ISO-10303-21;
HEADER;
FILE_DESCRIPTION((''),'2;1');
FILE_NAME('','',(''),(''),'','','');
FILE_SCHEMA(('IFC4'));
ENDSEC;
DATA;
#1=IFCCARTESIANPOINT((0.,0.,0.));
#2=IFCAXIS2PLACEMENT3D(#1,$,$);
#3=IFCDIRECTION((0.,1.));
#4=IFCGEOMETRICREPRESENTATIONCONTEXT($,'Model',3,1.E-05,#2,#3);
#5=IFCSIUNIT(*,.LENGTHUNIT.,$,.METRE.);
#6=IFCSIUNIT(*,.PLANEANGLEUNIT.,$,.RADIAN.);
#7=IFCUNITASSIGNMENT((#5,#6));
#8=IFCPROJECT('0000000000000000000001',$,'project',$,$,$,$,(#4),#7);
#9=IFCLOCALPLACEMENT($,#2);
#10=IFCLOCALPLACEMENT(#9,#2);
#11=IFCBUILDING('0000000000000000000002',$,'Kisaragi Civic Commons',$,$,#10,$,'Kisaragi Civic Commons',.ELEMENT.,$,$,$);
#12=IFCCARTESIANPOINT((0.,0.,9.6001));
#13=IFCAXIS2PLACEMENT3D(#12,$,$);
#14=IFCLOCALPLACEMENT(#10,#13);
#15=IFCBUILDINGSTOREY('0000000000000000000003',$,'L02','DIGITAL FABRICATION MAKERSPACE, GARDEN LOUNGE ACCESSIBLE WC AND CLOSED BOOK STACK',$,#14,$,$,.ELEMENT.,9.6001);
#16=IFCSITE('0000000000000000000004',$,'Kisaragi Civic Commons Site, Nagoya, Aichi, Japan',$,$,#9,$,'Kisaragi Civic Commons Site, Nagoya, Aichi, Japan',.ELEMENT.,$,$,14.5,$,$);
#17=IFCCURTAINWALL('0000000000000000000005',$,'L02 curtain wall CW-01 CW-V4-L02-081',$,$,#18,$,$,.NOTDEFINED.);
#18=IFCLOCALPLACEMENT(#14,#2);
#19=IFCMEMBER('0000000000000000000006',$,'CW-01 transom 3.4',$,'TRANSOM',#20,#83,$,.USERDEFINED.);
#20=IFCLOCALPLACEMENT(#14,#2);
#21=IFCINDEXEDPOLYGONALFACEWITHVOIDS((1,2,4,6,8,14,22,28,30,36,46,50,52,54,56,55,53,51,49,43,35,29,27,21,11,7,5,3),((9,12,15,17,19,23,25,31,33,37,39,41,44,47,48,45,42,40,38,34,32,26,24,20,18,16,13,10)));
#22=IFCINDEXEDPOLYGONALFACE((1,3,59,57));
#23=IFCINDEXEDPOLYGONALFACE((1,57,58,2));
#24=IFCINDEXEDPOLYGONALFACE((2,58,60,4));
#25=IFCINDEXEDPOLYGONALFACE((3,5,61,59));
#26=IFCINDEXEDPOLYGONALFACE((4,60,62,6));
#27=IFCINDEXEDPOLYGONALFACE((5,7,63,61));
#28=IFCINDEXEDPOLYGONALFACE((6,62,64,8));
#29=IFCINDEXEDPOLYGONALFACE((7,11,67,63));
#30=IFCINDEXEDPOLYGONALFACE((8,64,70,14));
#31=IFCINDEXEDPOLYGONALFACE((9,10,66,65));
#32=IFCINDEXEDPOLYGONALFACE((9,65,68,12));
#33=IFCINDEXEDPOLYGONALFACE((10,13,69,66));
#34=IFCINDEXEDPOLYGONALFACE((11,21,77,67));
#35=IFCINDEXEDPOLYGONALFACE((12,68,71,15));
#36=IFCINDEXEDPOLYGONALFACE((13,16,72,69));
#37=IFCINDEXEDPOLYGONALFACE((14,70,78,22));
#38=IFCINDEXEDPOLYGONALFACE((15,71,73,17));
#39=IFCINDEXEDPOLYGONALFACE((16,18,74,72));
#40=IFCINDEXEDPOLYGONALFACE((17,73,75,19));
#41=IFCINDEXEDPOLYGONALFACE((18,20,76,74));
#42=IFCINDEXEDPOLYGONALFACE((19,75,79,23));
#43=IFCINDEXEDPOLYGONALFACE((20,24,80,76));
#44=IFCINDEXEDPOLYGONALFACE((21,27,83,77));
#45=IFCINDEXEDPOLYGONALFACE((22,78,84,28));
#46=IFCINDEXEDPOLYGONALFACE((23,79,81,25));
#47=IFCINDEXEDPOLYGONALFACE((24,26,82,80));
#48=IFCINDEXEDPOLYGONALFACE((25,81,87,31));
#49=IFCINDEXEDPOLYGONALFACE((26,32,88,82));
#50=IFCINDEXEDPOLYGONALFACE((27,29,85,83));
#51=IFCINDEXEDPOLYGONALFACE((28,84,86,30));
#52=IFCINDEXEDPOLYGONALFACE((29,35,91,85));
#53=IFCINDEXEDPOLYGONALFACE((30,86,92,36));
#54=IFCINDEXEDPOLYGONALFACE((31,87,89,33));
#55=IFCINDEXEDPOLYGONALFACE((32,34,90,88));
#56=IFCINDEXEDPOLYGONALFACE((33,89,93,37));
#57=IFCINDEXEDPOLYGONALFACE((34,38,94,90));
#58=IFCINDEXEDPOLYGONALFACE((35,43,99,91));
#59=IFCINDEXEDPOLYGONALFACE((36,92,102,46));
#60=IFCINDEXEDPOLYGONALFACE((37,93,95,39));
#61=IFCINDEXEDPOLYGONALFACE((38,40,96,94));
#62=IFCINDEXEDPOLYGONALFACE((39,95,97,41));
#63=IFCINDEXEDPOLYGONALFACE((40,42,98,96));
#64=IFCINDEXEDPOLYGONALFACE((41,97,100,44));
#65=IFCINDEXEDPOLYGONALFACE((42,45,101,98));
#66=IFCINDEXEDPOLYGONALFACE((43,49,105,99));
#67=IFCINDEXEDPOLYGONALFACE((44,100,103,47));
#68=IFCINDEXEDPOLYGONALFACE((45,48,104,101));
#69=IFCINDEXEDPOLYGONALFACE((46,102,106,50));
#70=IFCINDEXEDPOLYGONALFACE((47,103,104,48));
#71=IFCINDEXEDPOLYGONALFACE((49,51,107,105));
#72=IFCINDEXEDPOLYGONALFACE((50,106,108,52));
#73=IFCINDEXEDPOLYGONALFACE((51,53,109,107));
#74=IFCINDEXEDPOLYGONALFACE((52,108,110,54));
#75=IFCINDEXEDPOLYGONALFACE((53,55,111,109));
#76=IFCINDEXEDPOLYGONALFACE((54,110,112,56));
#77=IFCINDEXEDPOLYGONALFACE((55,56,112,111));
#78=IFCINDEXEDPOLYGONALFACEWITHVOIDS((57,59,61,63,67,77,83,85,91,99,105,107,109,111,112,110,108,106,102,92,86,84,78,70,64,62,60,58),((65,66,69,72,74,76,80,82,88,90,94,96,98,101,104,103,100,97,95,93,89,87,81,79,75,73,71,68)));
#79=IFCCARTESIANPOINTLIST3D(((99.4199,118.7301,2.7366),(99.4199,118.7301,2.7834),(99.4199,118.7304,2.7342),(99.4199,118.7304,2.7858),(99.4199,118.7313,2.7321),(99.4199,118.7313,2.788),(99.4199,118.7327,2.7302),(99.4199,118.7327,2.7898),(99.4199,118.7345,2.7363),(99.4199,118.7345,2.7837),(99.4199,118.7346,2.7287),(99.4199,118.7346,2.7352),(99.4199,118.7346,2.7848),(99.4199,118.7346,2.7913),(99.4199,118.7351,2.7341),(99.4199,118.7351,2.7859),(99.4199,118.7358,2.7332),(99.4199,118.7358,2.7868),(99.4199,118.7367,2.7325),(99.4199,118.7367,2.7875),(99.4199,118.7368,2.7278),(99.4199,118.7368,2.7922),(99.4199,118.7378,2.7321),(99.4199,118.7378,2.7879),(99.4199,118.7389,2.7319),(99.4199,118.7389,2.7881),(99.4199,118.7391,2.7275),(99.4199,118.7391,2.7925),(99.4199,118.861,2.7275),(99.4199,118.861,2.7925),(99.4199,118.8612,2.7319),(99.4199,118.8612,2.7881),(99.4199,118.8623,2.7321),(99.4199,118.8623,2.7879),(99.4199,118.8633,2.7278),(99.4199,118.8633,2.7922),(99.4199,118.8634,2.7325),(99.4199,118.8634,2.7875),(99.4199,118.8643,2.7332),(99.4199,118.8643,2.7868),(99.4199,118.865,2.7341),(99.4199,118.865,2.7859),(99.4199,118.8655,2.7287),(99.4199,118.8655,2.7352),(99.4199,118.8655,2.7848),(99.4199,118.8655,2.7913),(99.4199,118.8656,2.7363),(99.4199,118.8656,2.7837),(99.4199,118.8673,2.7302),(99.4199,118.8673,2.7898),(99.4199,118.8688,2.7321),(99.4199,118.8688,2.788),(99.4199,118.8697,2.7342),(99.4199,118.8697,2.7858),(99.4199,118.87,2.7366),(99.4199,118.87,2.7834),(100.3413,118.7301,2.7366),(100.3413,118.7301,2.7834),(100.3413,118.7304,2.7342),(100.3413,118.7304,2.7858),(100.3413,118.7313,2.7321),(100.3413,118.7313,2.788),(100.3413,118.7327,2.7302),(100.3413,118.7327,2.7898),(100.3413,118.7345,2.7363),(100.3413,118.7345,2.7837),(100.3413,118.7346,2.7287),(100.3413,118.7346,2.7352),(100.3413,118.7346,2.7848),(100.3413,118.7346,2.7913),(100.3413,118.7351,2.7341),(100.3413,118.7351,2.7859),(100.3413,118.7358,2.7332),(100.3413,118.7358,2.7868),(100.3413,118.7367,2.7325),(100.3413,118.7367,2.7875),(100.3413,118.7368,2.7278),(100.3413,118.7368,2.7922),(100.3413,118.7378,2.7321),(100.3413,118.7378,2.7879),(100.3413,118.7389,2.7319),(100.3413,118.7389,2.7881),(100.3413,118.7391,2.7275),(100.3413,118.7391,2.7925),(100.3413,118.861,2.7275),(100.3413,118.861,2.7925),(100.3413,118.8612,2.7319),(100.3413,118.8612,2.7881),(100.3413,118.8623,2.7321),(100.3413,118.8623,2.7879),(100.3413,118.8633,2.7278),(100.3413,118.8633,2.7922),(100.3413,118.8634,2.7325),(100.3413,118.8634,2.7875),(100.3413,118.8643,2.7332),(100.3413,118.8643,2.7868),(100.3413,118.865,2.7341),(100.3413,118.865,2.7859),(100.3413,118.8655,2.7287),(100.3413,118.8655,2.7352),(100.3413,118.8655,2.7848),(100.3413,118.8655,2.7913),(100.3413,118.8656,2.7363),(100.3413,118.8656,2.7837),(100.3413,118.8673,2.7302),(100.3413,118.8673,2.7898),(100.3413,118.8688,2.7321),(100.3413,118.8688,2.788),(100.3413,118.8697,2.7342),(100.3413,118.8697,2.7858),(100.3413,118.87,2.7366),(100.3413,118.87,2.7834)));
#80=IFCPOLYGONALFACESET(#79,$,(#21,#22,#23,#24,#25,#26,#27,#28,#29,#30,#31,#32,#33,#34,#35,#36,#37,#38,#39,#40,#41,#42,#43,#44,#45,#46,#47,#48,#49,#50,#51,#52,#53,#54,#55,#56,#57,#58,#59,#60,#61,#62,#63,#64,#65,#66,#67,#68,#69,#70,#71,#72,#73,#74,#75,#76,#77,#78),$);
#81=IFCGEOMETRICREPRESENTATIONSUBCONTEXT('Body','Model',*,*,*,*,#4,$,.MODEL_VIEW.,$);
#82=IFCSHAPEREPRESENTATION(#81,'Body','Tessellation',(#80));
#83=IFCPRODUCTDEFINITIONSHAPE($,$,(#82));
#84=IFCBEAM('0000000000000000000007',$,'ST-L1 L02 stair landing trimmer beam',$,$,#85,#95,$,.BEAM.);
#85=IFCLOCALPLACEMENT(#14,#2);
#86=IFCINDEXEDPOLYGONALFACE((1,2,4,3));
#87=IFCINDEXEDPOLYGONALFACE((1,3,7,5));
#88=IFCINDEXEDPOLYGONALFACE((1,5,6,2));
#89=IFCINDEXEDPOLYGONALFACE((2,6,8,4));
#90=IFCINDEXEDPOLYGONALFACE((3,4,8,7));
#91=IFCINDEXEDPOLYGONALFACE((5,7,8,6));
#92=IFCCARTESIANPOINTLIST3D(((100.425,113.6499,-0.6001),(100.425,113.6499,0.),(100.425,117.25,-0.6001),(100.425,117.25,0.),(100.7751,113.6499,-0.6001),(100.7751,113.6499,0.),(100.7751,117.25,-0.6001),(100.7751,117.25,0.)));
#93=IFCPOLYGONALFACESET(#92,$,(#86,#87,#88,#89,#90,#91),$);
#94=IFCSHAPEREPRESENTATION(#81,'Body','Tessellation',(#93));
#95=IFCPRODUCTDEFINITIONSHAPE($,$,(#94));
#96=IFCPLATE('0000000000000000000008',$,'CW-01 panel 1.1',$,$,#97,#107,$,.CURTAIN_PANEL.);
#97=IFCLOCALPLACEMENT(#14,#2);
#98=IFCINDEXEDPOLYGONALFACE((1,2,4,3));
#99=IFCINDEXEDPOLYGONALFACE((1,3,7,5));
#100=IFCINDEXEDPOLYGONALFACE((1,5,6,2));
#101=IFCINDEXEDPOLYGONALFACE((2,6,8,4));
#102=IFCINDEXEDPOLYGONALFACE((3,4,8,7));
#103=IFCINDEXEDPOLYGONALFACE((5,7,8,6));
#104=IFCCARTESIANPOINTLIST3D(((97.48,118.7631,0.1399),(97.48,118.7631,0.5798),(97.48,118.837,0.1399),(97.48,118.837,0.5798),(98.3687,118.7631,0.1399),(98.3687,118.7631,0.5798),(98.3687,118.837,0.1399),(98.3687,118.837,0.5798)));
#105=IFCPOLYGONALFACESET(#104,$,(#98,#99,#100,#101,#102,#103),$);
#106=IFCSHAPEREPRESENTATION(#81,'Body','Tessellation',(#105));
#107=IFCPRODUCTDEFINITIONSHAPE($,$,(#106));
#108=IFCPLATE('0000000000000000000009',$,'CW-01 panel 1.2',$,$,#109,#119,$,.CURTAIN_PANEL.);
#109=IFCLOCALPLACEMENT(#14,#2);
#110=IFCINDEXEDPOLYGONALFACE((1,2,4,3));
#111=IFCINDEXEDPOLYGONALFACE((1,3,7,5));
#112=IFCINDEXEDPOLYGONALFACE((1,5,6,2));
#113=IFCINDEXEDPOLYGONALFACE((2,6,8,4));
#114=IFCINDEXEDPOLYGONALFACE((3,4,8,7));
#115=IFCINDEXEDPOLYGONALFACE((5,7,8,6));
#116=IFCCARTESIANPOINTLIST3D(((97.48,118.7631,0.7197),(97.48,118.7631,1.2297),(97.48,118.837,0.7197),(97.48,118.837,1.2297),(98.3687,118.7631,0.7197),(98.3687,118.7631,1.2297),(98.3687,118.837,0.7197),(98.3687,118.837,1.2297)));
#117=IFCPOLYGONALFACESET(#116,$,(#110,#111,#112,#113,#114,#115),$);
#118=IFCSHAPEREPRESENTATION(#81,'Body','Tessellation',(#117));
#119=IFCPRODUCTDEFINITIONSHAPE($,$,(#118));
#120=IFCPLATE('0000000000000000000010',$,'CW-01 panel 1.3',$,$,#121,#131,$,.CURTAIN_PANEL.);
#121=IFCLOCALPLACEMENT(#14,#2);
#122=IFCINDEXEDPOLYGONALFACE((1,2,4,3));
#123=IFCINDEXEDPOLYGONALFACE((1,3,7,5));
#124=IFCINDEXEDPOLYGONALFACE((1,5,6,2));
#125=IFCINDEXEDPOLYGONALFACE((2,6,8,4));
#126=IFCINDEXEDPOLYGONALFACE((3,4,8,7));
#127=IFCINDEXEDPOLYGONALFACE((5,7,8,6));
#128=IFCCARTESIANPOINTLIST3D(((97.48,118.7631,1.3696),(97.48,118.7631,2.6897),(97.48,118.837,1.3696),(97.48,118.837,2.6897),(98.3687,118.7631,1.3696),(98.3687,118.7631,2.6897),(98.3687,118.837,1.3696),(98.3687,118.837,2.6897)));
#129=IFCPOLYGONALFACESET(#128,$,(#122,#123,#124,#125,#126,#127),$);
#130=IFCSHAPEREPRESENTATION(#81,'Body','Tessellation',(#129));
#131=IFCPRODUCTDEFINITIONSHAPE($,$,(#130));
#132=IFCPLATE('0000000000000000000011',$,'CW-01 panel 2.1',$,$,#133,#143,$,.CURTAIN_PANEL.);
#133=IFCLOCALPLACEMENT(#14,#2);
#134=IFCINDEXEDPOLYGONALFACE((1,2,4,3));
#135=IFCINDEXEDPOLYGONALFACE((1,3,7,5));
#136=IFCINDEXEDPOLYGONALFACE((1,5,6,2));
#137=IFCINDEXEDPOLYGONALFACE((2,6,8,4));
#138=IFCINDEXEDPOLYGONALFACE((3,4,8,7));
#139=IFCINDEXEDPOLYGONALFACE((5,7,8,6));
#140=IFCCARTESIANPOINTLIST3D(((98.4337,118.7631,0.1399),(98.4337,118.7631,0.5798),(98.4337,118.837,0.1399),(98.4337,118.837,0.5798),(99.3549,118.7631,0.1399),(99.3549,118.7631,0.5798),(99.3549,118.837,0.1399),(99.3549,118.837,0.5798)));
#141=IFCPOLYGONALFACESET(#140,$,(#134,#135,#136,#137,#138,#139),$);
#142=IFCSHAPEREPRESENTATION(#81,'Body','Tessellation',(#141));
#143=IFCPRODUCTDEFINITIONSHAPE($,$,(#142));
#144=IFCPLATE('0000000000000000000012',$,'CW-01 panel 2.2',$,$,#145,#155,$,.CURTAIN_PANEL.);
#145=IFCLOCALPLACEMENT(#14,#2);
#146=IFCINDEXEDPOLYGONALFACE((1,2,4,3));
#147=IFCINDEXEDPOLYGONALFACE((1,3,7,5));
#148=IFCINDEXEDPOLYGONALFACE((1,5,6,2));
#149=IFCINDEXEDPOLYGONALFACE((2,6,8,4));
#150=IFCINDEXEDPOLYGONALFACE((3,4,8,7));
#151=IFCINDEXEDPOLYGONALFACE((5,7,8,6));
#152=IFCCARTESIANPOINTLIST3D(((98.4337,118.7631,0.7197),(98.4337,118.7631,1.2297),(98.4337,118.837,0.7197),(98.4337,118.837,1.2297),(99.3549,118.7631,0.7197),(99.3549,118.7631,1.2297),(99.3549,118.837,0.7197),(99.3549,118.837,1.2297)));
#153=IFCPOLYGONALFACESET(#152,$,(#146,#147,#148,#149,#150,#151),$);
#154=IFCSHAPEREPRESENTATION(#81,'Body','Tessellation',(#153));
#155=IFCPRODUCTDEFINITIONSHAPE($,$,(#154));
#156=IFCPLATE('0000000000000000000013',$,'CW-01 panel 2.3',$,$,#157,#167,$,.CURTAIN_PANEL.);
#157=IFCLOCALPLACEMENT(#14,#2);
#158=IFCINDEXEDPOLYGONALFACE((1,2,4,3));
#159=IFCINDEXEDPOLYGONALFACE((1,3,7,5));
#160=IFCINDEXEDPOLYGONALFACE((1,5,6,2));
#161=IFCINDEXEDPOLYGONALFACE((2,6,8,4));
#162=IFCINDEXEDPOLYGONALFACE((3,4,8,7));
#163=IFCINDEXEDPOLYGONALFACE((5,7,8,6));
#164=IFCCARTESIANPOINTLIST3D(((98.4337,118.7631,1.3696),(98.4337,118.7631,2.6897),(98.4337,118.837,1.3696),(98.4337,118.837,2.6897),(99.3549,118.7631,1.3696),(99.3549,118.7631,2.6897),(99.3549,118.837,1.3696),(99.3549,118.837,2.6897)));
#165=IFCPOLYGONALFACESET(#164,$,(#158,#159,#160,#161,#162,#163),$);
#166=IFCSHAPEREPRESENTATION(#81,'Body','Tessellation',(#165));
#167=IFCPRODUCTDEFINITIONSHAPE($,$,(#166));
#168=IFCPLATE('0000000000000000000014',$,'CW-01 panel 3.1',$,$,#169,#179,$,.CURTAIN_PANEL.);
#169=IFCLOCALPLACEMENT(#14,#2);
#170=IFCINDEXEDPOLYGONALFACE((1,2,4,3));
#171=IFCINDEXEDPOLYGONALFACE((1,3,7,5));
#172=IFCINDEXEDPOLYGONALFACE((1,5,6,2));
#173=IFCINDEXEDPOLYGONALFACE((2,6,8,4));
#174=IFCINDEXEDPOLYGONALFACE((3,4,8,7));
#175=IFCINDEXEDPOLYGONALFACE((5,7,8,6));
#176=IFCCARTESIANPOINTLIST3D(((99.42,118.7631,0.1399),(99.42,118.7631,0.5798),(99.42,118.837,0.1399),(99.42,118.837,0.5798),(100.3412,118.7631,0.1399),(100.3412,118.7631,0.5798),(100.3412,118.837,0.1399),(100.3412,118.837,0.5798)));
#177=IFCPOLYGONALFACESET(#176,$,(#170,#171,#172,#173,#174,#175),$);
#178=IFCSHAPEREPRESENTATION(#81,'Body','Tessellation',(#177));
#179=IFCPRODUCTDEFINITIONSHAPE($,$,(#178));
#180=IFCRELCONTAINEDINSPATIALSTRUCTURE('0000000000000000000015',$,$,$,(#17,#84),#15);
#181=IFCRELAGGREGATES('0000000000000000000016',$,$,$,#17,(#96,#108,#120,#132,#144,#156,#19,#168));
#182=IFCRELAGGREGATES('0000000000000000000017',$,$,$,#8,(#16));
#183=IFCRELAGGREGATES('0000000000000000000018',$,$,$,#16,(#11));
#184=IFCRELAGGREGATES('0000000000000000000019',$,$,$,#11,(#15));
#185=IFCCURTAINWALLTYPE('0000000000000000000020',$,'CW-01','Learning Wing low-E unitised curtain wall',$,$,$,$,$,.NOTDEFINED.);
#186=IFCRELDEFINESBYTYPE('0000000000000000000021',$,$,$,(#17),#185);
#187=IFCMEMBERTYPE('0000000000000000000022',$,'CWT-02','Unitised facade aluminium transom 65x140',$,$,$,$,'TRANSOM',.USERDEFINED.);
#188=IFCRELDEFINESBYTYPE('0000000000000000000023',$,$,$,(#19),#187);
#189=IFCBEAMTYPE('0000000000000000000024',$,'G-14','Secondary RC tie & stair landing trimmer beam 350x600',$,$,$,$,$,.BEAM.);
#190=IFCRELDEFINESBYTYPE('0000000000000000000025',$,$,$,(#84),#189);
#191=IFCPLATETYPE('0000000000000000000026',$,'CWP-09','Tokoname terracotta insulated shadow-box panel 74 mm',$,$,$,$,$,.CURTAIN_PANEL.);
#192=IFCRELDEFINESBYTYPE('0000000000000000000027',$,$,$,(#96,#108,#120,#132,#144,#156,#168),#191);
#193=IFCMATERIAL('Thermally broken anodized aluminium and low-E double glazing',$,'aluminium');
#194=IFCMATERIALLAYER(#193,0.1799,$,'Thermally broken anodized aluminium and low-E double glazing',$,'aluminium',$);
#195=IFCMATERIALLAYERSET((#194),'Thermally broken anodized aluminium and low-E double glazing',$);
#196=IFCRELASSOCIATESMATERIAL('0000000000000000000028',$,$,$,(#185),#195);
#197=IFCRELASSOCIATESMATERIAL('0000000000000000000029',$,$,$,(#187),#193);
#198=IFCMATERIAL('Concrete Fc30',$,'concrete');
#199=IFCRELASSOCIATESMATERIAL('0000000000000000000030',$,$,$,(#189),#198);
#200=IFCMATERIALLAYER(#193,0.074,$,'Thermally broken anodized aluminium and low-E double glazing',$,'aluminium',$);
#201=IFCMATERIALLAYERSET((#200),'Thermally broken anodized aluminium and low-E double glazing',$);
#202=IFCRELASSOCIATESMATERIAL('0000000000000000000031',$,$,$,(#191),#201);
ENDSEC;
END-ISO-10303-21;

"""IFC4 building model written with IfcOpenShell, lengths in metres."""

from ifc_helpers import new_model, si_unit, direction, frame, origin, origin_2d, place, context, subcontext, project, spatial, rectangle, hollow_rectangle, extrude, material, layer, layer_set, material_profile, profile_set, type_object, element, aggregate, save


model = new_model("IFC4")

# Units and contexts
model_context = context("Model", 3, precision=1e-05, world=origin(), true_north=direction((0.0, 1.0)))
body_context = subcontext(model_context, "Body", "Model", "MODEL_VIEW")
ifc_project = project(units=[si_unit("LENGTHUNIT", "METRE"), si_unit("PLANEANGLEUNIT", "RADIAN")], contexts=[model_context])

# Site, building, storey
site_placement = place(None, origin())
site = spatial("IfcSite", under=ifc_project, at=site_placement, Name="Kisaragi Civic Commons Site, Nagoya, Aichi, Japan", LongName="Kisaragi Civic Commons Site, Nagoya, Aichi, Japan", CompositionType="ELEMENT", RefElevation=14.5)
building_placement = place(site_placement, origin())
building = spatial("IfcBuilding", under=site, at=building_placement, Name="Kisaragi Civic Commons", LongName="Kisaragi Civic Commons", CompositionType="ELEMENT")
storey_placement = place(building_placement, frame((0.0, 0.0, 9.6001)))
storey = spatial("IfcBuildingStorey", under=building, at=storey_placement, Name="L02", Description="DIGITAL FABRICATION MAKERSPACE, GARDEN LOUNGE ACCESSIBLE WC AND CLOSED BOOK STACK", CompositionType="ELEMENT", Elevation=9.6001)

# Curtain wall, member
ifc_material_1 = material(Name="Thermally broken anodized aluminium and low-E double glazing", Category="aluminium")
ifc_layer_1 = layer(ifc_material_1, 0.1799, Name="Thermally broken anodized aluminium and low-E double glazing", Category="aluminium")
ifc_layer_set_1 = layer_set([ifc_layer_1], Name="Thermally broken anodized aluminium and low-E double glazing")
curtain_wall_type = type_object("IfcCurtainWallType", Name="CW-01", Description="Learning Wing low-E unitised curtain wall", PredefinedType="NOTDEFINED", material=ifc_layer_set_1)
curtain_wall_placement = place(storey_placement, origin())
curtain_wall = element("IfcCurtainWall", 1, at=curtain_wall_placement, inside=storey, type_object=curtain_wall_type, Name="L02 curtain wall CW-01 CW-V4-L02-081", PredefinedType="NOTDEFINED")
ifc_material_profile_1 = material_profile(ifc_material_1, hollow_rectangle(XDim=0.1399, YDim=0.0649, WallThickness=0.0044, InnerFilletRadius=0.0044, OuterFilletRadius=0.009, at=origin_2d()), Name="CWT-65x140x4.5", Category="aluminium")
ifc_profile_set_1 = profile_set([ifc_material_profile_1], Name="Thermally broken anodized aluminium and low-E double glazing")
member_type_1 = type_object("IfcMemberType", Name="CWT-02", Description="Unitised facade aluminium transom 65x140", ElementType="TRANSOM", PredefinedType="USERDEFINED", material=ifc_profile_set_1)
member_1_placement = place(storey_placement, frame((99.4199, 118.8, 2.76), z_axis=(1.0, 0.0, 0.0), x_axis=(0.0, 1.0, 0.0)))
member_1 = element("IfcMember", 2, at=member_1_placement, type_object=member_type_1, Name="CW-01 transom 3.4", ObjectType="TRANSOM", PredefinedType="USERDEFINED", context=body_context, shape_type="SweptSolid", body=[
    extrude(hollow_rectangle(XDim=0.1399, YDim=0.0649, WallThickness=0.0044, InnerFilletRadius=0.0044, OuterFilletRadius=0.009, at=origin_2d()), origin(), (0.0, 0.0, 1.0), 0.9214),
])

# Beam
ifc_material_2 = material(Name="Concrete Fc30", Category="concrete")
ifc_material_profile_2 = material_profile(ifc_material_2, rectangle(XDim=0.3501, YDim=0.6001, at=origin_2d()), Name="RC-350x600", Category="concrete")
ifc_profile_set_2 = profile_set([ifc_material_profile_2], Name="Concrete Fc30")
beam_type = type_object("IfcBeamType", Name="G-14", Description="Secondary RC tie & stair landing trimmer beam 350x600", PredefinedType="BEAM", material=ifc_profile_set_2)
beam_placement = place(storey_placement, frame((100.6001, 113.6499, -0.3), z_axis=(0.0, 1.0, 0.0), x_axis=(-1.0, 0.0, 0.0)))
element("IfcBeam", 3, at=beam_placement, inside=storey, type_object=beam_type, Name="ST-L1 L02 stair landing trimmer beam", PredefinedType="BEAM", context=body_context, shape_type="SweptSolid", body=[
    extrude(rectangle(XDim=0.3501, YDim=0.6001, at=origin_2d()), origin(), (0.0, 0.0, 1.0), 3.6001),
])

# Plates
ifc_layer_2 = layer(ifc_material_1, 0.074, Name="Thermally broken anodized aluminium and low-E double glazing", Category="aluminium")
ifc_layer_set_2 = layer_set([ifc_layer_2], Name="Thermally broken anodized aluminium and low-E double glazing")
plate_type = type_object("IfcPlateType", Name="CWP-09", Description="Tokoname terracotta insulated shadow-box panel 74 mm", PredefinedType="CURTAIN_PANEL", material=ifc_layer_set_2)
plate_1_placement = place(storey_placement, frame((97.9243, 118.8, 0.1399), z_axis=(0.0, 0.0, 1.0), x_axis=(1.0, 0.0, 0.0)))
plate_1 = element("IfcPlate", 4, at=plate_1_placement, type_object=plate_type, Name="CW-01 panel 1.1", PredefinedType="CURTAIN_PANEL", context=body_context, shape_type="SweptSolid", body=[
    extrude(rectangle(XDim=0.8887, YDim=0.074, at=origin_2d()), origin(), (0.0, 0.0, 1.0), 0.4399),
])
plate_2_placement = place(storey_placement, frame((97.9243, 118.8, 0.7197), z_axis=(0.0, 0.0, 1.0), x_axis=(1.0, 0.0, 0.0)))
plate_2 = element("IfcPlate", 5, at=plate_2_placement, type_object=plate_type, Name="CW-01 panel 1.2", PredefinedType="CURTAIN_PANEL", context=body_context, shape_type="SweptSolid", body=[
    extrude(rectangle(XDim=0.8887, YDim=0.074, at=origin_2d()), origin(), (0.0, 0.0, 1.0), 0.51),
])
plate_3_placement = place(storey_placement, frame((97.9243, 118.8, 1.3696), z_axis=(0.0, 0.0, 1.0), x_axis=(1.0, 0.0, 0.0)))
plate_3 = element("IfcPlate", 6, at=plate_3_placement, type_object=plate_type, Name="CW-01 panel 1.3", PredefinedType="CURTAIN_PANEL", context=body_context, shape_type="SweptSolid", body=[
    extrude(rectangle(XDim=0.8887, YDim=0.074, at=origin_2d()), origin(), (0.0, 0.0, 1.0), 1.3201),
])
plate_4_placement = place(storey_placement, frame((98.8943, 118.8, 0.1399), z_axis=(0.0, 0.0, 1.0), x_axis=(1.0, 0.0, 0.0)))
plate_4 = element("IfcPlate", 7, at=plate_4_placement, type_object=plate_type, Name="CW-01 panel 2.1", PredefinedType="CURTAIN_PANEL", context=body_context, shape_type="SweptSolid", body=[
    extrude(rectangle(XDim=0.9211, YDim=0.074, at=origin_2d()), origin(), (0.0, 0.0, 1.0), 0.4399),
])
plate_5_placement = place(storey_placement, frame((98.8943, 118.8, 0.7197), z_axis=(0.0, 0.0, 1.0), x_axis=(1.0, 0.0, 0.0)))
plate_5 = element("IfcPlate", 8, at=plate_5_placement, type_object=plate_type, Name="CW-01 panel 2.2", PredefinedType="CURTAIN_PANEL", context=body_context, shape_type="SweptSolid", body=[
    extrude(rectangle(XDim=0.9211, YDim=0.074, at=origin_2d()), origin(), (0.0, 0.0, 1.0), 0.51),
])
plate_6_placement = place(storey_placement, frame((98.8943, 118.8, 1.3696), z_axis=(0.0, 0.0, 1.0), x_axis=(1.0, 0.0, 0.0)))
plate_6 = element("IfcPlate", 9, at=plate_6_placement, type_object=plate_type, Name="CW-01 panel 2.3", PredefinedType="CURTAIN_PANEL", context=body_context, shape_type="SweptSolid", body=[
    extrude(rectangle(XDim=0.9211, YDim=0.074, at=origin_2d()), origin(), (0.0, 0.0, 1.0), 1.3201),
])
plate_7_placement = place(storey_placement, frame((99.8806, 118.8, 0.1399), z_axis=(0.0, 0.0, 1.0), x_axis=(1.0, 0.0, 0.0)))
plate_7 = element("IfcPlate", 10, at=plate_7_placement, type_object=plate_type, Name="CW-01 panel 3.1", PredefinedType="CURTAIN_PANEL", context=body_context, shape_type="SweptSolid", body=[
    extrude(rectangle(XDim=0.9211, YDim=0.074, at=origin_2d()), origin(), (0.0, 0.0, 1.0), 0.4399),
])
aggregate(curtain_wall, [plate_1, plate_2, plate_3, plate_4, plate_5, plate_6, member_1, plate_7])

save(model, "model.ifc")
